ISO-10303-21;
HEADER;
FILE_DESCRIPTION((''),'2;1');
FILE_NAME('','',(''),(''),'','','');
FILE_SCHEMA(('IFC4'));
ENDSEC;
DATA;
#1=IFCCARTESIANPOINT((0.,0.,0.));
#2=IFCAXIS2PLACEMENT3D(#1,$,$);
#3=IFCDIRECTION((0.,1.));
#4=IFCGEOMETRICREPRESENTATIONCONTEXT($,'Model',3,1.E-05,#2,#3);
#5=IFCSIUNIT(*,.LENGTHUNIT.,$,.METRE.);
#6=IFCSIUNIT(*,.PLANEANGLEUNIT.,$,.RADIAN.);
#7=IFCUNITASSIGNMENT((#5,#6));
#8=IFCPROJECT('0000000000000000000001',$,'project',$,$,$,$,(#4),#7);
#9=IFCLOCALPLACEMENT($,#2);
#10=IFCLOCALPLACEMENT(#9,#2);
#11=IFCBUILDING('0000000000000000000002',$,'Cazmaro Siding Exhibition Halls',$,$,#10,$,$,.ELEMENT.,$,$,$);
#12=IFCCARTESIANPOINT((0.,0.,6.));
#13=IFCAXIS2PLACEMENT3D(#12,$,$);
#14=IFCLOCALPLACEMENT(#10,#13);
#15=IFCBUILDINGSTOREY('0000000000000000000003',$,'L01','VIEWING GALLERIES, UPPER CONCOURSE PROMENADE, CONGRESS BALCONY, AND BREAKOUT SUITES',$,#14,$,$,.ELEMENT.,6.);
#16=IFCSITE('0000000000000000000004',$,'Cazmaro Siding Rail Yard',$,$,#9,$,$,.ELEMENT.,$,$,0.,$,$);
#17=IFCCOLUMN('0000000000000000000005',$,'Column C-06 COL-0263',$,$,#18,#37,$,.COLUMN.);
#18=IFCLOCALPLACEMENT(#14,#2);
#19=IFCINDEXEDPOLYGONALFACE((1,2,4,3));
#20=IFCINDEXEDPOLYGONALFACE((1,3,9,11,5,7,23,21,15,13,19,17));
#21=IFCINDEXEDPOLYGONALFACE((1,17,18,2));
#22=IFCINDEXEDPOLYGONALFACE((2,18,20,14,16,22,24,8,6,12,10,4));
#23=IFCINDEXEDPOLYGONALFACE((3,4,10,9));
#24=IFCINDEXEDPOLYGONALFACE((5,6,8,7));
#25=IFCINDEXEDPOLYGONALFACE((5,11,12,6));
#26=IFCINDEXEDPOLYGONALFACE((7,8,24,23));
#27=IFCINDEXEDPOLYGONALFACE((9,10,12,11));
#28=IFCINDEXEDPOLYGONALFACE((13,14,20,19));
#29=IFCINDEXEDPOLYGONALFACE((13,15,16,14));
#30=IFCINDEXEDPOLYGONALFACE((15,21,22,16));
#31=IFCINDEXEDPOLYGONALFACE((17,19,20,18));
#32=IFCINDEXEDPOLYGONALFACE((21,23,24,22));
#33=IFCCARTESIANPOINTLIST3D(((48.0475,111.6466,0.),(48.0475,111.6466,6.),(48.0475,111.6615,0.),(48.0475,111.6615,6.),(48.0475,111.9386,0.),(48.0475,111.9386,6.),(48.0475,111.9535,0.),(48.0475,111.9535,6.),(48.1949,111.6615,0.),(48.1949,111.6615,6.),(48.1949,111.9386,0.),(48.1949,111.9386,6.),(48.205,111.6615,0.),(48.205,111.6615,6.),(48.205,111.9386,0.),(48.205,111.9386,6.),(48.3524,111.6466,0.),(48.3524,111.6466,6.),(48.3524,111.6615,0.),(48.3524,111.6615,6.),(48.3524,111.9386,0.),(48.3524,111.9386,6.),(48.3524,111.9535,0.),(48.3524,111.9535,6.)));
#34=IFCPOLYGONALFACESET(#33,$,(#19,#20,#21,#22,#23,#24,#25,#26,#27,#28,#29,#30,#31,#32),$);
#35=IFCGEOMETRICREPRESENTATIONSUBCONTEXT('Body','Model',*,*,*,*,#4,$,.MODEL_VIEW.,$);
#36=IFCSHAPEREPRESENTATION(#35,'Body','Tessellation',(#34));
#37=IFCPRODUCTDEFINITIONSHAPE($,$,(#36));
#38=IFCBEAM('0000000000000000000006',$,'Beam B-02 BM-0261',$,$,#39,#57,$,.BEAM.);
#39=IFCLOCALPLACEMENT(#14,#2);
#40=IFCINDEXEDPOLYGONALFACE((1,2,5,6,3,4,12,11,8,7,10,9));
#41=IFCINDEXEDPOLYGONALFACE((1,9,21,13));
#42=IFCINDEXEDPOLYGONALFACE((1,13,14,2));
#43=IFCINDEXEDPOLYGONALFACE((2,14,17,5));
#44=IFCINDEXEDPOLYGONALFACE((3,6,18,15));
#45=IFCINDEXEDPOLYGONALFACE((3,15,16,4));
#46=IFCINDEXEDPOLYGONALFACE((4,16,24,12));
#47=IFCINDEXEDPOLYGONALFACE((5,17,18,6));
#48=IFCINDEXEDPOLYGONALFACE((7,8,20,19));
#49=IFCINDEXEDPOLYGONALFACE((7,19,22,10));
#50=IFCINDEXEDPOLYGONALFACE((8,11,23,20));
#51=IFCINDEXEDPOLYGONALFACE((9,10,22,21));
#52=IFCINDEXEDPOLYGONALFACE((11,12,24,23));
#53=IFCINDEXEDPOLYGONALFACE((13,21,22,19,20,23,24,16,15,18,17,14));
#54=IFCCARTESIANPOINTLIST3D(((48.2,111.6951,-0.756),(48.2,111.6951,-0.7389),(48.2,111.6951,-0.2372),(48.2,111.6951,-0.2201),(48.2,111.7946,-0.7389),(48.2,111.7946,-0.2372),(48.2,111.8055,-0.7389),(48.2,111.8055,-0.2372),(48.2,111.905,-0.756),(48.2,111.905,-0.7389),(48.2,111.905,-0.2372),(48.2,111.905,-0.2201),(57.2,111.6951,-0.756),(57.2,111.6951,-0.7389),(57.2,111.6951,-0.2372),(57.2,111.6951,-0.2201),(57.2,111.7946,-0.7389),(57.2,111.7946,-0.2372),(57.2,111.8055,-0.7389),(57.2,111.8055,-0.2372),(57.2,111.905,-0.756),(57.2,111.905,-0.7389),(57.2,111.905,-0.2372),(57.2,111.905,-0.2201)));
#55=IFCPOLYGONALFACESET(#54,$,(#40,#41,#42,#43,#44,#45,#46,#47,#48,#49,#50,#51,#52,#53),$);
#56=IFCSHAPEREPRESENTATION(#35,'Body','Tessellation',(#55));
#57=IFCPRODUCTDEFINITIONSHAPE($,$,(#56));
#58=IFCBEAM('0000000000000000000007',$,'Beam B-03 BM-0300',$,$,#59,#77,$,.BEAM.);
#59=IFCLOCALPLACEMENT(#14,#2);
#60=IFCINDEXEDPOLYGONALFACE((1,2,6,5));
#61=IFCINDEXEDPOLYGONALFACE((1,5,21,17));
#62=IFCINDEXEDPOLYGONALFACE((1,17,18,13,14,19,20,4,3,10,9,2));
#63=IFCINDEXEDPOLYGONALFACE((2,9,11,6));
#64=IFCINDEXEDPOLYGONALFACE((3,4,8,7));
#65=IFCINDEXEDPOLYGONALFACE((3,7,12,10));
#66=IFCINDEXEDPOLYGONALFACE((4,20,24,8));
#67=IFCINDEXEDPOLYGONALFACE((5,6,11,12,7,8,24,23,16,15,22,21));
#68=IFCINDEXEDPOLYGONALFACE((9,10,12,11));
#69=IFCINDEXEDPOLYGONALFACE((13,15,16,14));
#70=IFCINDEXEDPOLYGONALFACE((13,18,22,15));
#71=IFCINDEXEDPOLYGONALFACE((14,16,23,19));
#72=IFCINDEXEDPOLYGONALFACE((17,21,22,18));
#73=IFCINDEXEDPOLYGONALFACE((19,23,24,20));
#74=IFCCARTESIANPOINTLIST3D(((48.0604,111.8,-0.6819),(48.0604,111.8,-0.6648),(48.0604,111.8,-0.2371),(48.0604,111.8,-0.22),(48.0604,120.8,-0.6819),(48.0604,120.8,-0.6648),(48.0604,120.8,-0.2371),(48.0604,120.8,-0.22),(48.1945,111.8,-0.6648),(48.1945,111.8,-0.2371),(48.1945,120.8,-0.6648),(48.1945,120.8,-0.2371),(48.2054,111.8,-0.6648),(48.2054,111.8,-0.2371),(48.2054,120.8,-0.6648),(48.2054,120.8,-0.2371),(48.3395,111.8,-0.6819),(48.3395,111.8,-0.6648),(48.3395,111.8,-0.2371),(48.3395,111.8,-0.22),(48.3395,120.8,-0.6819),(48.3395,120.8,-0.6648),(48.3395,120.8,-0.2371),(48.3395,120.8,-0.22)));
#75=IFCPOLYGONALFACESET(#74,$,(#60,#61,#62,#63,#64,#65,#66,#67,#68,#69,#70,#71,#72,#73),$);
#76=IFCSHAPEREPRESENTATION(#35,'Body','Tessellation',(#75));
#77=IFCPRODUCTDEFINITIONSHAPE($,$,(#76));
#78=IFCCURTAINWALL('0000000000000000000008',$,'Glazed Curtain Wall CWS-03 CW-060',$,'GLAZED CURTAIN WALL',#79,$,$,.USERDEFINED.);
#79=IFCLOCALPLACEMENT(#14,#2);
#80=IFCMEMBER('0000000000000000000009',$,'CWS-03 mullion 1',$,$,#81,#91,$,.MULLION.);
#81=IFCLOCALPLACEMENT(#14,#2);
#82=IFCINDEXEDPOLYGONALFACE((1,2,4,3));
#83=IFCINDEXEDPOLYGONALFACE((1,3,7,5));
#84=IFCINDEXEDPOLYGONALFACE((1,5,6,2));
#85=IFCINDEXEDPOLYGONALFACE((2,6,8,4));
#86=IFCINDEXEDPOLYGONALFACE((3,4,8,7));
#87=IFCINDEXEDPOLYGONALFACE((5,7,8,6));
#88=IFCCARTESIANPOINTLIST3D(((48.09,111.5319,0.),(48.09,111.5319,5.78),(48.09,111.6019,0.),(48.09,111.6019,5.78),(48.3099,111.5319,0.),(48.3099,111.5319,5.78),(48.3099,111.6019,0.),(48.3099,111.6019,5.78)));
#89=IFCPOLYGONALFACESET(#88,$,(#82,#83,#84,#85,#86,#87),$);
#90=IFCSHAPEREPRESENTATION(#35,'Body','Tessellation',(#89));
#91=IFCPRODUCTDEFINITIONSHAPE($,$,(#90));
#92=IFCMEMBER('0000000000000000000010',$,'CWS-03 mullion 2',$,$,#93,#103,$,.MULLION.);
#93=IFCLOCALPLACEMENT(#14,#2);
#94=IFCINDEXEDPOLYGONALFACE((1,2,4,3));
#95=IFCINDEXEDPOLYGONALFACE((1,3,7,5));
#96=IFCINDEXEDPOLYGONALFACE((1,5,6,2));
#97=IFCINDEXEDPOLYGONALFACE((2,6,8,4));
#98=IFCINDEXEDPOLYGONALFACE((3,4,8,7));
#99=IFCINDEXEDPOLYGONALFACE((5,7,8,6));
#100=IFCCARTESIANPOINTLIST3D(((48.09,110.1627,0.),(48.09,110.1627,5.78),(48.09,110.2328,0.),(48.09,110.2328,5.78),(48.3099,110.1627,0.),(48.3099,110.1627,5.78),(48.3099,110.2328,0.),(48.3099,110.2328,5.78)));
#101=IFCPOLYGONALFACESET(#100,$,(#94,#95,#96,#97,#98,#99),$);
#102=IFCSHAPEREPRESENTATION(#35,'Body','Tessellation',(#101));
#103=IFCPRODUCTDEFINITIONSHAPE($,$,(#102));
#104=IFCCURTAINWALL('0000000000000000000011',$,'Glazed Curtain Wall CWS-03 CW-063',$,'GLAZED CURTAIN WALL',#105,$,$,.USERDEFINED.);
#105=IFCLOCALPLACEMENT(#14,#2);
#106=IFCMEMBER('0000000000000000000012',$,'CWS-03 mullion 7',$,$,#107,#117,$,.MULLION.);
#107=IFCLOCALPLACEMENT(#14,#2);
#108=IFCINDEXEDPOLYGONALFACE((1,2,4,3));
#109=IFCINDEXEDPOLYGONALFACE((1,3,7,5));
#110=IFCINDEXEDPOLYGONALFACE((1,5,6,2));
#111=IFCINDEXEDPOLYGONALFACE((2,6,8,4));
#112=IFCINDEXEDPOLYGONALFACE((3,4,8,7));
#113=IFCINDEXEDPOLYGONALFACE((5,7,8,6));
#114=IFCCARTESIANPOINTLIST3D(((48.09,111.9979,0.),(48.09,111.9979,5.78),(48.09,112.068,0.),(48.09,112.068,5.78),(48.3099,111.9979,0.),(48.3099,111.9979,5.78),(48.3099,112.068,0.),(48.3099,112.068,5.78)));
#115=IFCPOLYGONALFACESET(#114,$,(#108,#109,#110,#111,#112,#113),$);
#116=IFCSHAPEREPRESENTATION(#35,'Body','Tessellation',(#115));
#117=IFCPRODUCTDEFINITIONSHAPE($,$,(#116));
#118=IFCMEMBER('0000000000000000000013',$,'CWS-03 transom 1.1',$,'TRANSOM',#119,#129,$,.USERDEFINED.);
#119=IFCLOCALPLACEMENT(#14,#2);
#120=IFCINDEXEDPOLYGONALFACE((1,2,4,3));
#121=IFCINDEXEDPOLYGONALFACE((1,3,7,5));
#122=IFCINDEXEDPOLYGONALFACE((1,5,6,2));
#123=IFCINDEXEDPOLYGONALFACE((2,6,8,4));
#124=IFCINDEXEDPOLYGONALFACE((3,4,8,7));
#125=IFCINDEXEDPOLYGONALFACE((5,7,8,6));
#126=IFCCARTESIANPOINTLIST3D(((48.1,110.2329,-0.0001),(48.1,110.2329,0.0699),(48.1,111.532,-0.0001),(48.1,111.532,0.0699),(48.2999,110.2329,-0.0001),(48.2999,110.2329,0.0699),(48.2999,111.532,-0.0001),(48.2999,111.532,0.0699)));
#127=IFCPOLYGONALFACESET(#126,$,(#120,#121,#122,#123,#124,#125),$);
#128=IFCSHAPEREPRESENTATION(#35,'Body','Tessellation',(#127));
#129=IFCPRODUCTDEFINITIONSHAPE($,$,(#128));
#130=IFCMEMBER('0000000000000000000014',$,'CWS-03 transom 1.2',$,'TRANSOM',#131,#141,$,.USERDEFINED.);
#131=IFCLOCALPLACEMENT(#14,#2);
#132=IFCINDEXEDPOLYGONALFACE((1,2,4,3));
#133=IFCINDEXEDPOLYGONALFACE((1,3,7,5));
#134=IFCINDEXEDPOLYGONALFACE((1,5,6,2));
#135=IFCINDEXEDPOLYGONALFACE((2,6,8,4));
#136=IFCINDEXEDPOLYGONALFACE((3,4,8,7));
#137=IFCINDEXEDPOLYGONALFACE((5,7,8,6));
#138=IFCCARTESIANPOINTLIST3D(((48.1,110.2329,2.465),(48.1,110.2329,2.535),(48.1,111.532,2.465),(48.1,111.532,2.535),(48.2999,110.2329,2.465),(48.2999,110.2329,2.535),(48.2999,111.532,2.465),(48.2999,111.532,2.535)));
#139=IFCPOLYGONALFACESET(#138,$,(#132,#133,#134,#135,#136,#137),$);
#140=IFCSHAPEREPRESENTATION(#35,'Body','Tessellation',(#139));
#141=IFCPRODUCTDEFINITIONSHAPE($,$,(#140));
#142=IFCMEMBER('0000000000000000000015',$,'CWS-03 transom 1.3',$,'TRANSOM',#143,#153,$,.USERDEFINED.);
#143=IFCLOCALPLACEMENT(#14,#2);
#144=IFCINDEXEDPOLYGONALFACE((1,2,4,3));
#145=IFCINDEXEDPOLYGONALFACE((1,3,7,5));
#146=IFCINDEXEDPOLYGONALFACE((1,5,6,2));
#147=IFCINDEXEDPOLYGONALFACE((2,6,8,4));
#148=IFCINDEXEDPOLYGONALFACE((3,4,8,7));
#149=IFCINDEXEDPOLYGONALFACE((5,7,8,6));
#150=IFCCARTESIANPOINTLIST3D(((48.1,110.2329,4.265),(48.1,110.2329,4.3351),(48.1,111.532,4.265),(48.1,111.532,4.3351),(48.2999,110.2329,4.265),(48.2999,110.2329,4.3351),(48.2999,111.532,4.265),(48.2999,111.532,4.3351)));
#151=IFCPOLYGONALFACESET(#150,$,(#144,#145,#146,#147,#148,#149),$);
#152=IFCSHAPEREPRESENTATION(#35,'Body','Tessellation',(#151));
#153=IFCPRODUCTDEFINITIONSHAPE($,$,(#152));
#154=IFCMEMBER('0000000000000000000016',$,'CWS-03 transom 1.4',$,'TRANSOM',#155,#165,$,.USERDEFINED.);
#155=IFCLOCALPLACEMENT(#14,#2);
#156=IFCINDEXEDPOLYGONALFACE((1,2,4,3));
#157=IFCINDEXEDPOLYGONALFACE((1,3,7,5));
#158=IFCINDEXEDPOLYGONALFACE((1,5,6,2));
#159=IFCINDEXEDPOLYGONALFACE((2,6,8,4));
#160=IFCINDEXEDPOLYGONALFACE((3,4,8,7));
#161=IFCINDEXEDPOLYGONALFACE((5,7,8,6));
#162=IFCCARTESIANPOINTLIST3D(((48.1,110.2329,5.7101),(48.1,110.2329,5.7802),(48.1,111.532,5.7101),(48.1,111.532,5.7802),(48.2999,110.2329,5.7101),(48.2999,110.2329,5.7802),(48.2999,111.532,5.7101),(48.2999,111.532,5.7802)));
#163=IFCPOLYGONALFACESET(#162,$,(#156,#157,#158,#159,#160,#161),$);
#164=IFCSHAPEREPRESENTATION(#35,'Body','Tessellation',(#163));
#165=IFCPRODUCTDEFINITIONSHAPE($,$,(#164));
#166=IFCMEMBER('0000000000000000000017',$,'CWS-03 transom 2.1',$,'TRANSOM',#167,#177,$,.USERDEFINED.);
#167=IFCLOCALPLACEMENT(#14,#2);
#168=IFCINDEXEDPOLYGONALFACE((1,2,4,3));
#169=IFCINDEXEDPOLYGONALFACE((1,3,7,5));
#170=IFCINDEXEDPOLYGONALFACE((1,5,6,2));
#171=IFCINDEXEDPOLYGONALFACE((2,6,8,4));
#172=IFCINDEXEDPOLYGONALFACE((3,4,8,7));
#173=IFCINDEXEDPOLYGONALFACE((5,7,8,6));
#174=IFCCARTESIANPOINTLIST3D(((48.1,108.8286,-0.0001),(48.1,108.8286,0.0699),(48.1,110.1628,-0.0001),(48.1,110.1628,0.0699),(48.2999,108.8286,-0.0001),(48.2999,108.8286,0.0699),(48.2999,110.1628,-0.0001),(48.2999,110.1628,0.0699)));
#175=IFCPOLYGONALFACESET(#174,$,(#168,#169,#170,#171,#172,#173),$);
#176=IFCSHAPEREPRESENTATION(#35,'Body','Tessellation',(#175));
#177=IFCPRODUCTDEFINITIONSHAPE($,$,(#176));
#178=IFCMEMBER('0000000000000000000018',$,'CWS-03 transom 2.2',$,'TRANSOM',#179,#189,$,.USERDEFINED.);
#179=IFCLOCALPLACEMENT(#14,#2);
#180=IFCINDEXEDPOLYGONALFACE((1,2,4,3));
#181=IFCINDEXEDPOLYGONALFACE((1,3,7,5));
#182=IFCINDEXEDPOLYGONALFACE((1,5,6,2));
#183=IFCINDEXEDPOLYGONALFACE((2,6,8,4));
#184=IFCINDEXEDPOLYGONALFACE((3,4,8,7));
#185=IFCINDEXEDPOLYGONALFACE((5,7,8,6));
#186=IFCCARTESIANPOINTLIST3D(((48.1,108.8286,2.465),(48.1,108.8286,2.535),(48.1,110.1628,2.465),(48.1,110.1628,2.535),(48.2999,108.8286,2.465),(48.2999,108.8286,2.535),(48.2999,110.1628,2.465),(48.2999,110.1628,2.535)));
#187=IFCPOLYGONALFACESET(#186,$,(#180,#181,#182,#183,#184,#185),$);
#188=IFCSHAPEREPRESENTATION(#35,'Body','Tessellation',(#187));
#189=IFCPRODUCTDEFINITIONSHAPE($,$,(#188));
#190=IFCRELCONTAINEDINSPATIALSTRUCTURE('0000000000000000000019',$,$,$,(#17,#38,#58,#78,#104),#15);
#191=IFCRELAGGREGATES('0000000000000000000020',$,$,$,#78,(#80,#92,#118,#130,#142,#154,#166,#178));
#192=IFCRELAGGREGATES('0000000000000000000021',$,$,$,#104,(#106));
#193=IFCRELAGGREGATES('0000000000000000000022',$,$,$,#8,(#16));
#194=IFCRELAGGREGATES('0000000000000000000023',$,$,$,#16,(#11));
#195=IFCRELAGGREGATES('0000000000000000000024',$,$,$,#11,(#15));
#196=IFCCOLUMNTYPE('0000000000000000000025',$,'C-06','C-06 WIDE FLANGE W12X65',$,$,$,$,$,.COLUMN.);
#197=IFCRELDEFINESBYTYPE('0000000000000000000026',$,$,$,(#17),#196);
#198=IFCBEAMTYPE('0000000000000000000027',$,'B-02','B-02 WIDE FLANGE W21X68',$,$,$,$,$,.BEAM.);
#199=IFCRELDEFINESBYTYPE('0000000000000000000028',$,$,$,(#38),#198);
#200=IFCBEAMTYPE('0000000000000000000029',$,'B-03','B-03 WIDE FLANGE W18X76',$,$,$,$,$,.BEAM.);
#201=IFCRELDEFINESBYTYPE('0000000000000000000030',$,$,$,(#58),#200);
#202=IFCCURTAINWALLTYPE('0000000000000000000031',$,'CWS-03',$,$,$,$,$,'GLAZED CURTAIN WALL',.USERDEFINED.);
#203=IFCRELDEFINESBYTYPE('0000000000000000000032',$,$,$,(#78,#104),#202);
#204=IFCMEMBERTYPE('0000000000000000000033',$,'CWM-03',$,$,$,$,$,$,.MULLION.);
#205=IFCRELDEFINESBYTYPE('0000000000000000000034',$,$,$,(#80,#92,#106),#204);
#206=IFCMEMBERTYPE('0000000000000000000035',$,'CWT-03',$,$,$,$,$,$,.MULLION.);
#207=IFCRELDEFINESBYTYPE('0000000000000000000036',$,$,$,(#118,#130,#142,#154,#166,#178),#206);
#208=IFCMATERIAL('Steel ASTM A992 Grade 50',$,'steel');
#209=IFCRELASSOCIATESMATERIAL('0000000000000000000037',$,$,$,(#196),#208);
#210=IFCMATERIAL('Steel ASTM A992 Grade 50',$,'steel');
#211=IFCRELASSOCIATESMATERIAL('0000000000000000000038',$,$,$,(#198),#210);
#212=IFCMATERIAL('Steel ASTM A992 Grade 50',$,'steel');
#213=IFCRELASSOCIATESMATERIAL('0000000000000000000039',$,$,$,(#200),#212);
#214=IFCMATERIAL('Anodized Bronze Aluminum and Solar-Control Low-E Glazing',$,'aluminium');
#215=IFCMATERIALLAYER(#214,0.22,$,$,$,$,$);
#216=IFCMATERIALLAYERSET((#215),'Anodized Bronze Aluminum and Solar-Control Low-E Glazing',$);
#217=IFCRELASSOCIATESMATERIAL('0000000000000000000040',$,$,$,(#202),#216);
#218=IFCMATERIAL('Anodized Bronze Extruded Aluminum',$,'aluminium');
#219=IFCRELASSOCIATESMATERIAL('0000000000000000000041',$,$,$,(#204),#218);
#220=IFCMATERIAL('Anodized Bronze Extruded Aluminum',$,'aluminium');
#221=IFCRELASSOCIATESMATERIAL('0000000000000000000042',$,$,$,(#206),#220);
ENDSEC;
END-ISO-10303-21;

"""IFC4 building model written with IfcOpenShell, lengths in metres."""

from ifc_helpers import new_model, si_unit, direction, frame, origin, origin_2d, place, context, subcontext, project, spatial, rectangle, i_section, extrude, material, layer, layer_set, material_profile, profile_set, type_object, element, aggregate, save


model = new_model("IFC4")

# Units and contexts
model_context = context("Model", 3, precision=1e-05, world=origin(), true_north=direction((0.0, 1.0)))
body_context = subcontext(model_context, "Body", "Model", "MODEL_VIEW")
ifc_project = project(units=[si_unit("LENGTHUNIT", "METRE"), si_unit("PLANEANGLEUNIT", "RADIAN")], contexts=[model_context])

# Site, building, storey
site_placement = place(None, origin())
site = spatial("IfcSite", under=ifc_project, at=site_placement, Name="Cazmaro Siding Rail Yard", CompositionType="ELEMENT", RefElevation=0.0)
building_placement = place(site_placement, origin())
building = spatial("IfcBuilding", under=site, at=building_placement, Name="Cazmaro Siding Exhibition Halls", CompositionType="ELEMENT")
storey_placement = place(building_placement, frame((0.0, 0.0, 6.0)))
storey = spatial("IfcBuildingStorey", under=building, at=storey_placement, Name="L01", Description="VIEWING GALLERIES, UPPER CONCOURSE PROMENADE, CONGRESS BALCONY, AND BREAKOUT SUITES", CompositionType="ELEMENT", Elevation=6.0)

# Column
ifc_material_1 = material(Name="Steel ASTM A992 Grade 50", Category="steel")
ifc_material_profile_1 = material_profile(ifc_material_1, i_section(OverallWidth=0.3049, OverallDepth=0.3069, WebThickness=0.01, FlangeThickness=0.0149, at=origin_2d()), Name="W12X65")
ifc_profile_set_1 = profile_set([ifc_material_profile_1], Name="Steel ASTM A992 Grade 50")
column_type = type_object("IfcColumnType", Name="C-06", Description="C-06 WIDE FLANGE W12X65", PredefinedType="COLUMN", material=ifc_profile_set_1)
column_placement = place(storey_placement, frame((48.2, 111.8, 0.0), z_axis=(0.0, 0.0, 1.0), x_axis=(1.0, 0.0, 0.0)))
element("IfcColumn", 1, at=column_placement, inside=storey, type_object=column_type, Name="Column C-06 COL-0263", PredefinedType="COLUMN", context=body_context, shape_type="SweptSolid", body=[
    extrude(i_section(OverallWidth=0.3049, OverallDepth=0.3069, WebThickness=0.01, FlangeThickness=0.0149, at=origin_2d()), origin(), (0.0, 0.0, 1.0), 6.0),
])

# Beams
ifc_material_2 = material(Name="Steel ASTM A992 Grade 50", Category="steel")
ifc_material_profile_2 = material_profile(ifc_material_2, i_section(OverallWidth=0.21, OverallDepth=0.5359, WebThickness=0.011, FlangeThickness=0.0171, at=origin_2d()), Name="W21X68")
ifc_profile_set_2 = profile_set([ifc_material_profile_2], Name="Steel ASTM A992 Grade 50")
beam_type_1 = type_object("IfcBeamType", Name="B-02", Description="B-02 WIDE FLANGE W21X68", PredefinedType="BEAM", material=ifc_profile_set_2)
beam_1_placement = place(storey_placement, frame((48.2, 111.8, -0.488), z_axis=(1.0, 0.0, 0.0), x_axis=(0.0, 1.0, 0.0)))
element("IfcBeam", 2, at=beam_1_placement, inside=storey, type_object=beam_type_1, Name="Beam B-02 BM-0261", PredefinedType="BEAM", context=body_context, shape_type="SweptSolid", body=[
    extrude(i_section(OverallWidth=0.21, OverallDepth=0.5359, WebThickness=0.011, FlangeThickness=0.0171, at=origin_2d()), origin(), (0.0, 0.0, 1.0), 9.0),
])
ifc_material_3 = material(Name="Steel ASTM A992 Grade 50", Category="steel")
ifc_material_profile_3 = material_profile(ifc_material_3, i_section(OverallWidth=0.2791, OverallDepth=0.4619, WebThickness=0.011, FlangeThickness=0.0171, at=origin_2d()), Name="W18X76")
ifc_profile_set_3 = profile_set([ifc_material_profile_3], Name="Steel ASTM A992 Grade 50")
beam_type_2 = type_object("IfcBeamType", Name="B-03", Description="B-03 WIDE FLANGE W18X76", PredefinedType="BEAM", material=ifc_profile_set_3)
beam_2_placement = place(storey_placement, frame((48.2, 111.8, -0.4509), z_axis=(0.0, 1.0, 0.0), x_axis=(-1.0, 0.0, 0.0)))
element("IfcBeam", 3, at=beam_2_placement, inside=storey, type_object=beam_type_2, Name="Beam B-03 BM-0300", PredefinedType="BEAM", context=body_context, shape_type="SweptSolid", body=[
    extrude(i_section(OverallWidth=0.2791, OverallDepth=0.4619, WebThickness=0.011, FlangeThickness=0.0171, at=origin_2d()), origin(), (0.0, 0.0, 1.0), 9.0),
])

# Curtain wall, members
ifc_material_4 = material(Name="Anodized Bronze Aluminum and Solar-Control Low-E Glazing", Category="aluminium")
ifc_layer_1 = layer(ifc_material_4, 0.22)
ifc_layer_set_1 = layer_set([ifc_layer_1], Name="Anodized Bronze Aluminum and Solar-Control Low-E Glazing")
curtain_wall_type = type_object("IfcCurtainWallType", Name="CWS-03", ElementType="GLAZED CURTAIN WALL", PredefinedType="USERDEFINED", material=ifc_layer_set_1)
curtain_wall_1_placement = place(storey_placement, origin())
curtain_wall_1 = element("IfcCurtainWall", 4, at=curtain_wall_1_placement, inside=storey, type_object=curtain_wall_type, Name="Glazed Curtain Wall CWS-03 CW-060", ObjectType="GLAZED CURTAIN WALL", PredefinedType="USERDEFINED")
ifc_material_5 = material(Name="Anodized Bronze Extruded Aluminum", Category="aluminium")
ifc_material_profile_4 = material_profile(ifc_material_5, rectangle(XDim=0.22, YDim=0.0701, at=origin_2d()), Name="CWM-03")
ifc_profile_set_4 = profile_set([ifc_material_profile_4], Name="Anodized Bronze Extruded Aluminum")
member_type_1 = type_object("IfcMemberType", Name="CWM-03", PredefinedType="MULLION", material=ifc_profile_set_4)
member_1_placement = place(storey_placement, frame((48.2, 111.5669, 0.0), z_axis=(0.0, 0.0, 1.0), x_axis=(1.0, 0.0, 0.0)))
member_1 = element("IfcMember", 5, at=member_1_placement, type_object=member_type_1, Name="CWS-03 mullion 1", PredefinedType="MULLION", context=body_context, shape_type="SweptSolid", body=[
    extrude(rectangle(XDim=0.22, YDim=0.0701, at=origin_2d()), origin(), (0.0, 0.0, 1.0), 5.78),
])
member_2_placement = place(storey_placement, frame((48.2, 110.1978, 0.0), z_axis=(0.0, 0.0, 1.0), x_axis=(1.0, 0.0, 0.0)))
member_2 = element("IfcMember", 6, at=member_2_placement, type_object=member_type_1, Name="CWS-03 mullion 2", PredefinedType="MULLION", context=body_context, shape_type="SweptSolid", body=[
    extrude(rectangle(XDim=0.22, YDim=0.0701, at=origin_2d()), origin(), (0.0, 0.0, 1.0), 5.78),
])

# Curtain wall, member
curtain_wall_2_placement = place(storey_placement, origin())
curtain_wall_2 = element("IfcCurtainWall", 7, at=curtain_wall_2_placement, inside=storey, type_object=curtain_wall_type, Name="Glazed Curtain Wall CWS-03 CW-063", ObjectType="GLAZED CURTAIN WALL", PredefinedType="USERDEFINED")
member_3_placement = place(storey_placement, frame((48.2, 112.033, 0.0), z_axis=(0.0, 0.0, 1.0), x_axis=(1.0, 0.0, 0.0)))
member_3 = element("IfcMember", 8, at=member_3_placement, type_object=member_type_1, Name="CWS-03 mullion 7", PredefinedType="MULLION", context=body_context, shape_type="SweptSolid", body=[
    extrude(rectangle(XDim=0.22, YDim=0.0701, at=origin_2d()), origin(), (0.0, 0.0, 1.0), 5.78),
])

# Members
ifc_material_6 = material(Name="Anodized Bronze Extruded Aluminum", Category="aluminium")
ifc_material_profile_5 = material_profile(ifc_material_6, rectangle(XDim=0.2, YDim=0.0701, at=origin_2d()), Name="CWT-03")
ifc_profile_set_5 = profile_set([ifc_material_profile_5], Name="Anodized Bronze Extruded Aluminum")
member_type_2 = type_object("IfcMemberType", Name="CWT-03", PredefinedType="MULLION", material=ifc_profile_set_5)
member_4_placement = place(storey_placement, frame((48.2, 111.532, 0.0349), z_axis=(0.0, -1.0, 0.0), x_axis=(1.0, 0.0, 0.0)))
member_4 = element("IfcMember", 9, at=member_4_placement, type_object=member_type_2, Name="CWS-03 transom 1.1", ObjectType="TRANSOM", PredefinedType="USERDEFINED", context=body_context, shape_type="SweptSolid", body=[
    extrude(rectangle(XDim=0.2, YDim=0.0701, at=origin_2d()), origin(), (0.0, 0.0, 1.0), 1.2991),
])
member_5_placement = place(storey_placement, frame((48.2, 111.532, 2.5), z_axis=(0.0, -1.0, 0.0), x_axis=(1.0, 0.0, 0.0)))
member_5 = element("IfcMember", 10, at=member_5_placement, type_object=member_type_2, Name="CWS-03 transom 1.2", ObjectType="TRANSOM", PredefinedType="USERDEFINED", context=body_context, shape_type="SweptSolid", body=[
    extrude(rectangle(XDim=0.2, YDim=0.0701, at=origin_2d()), origin(), (0.0, 0.0, 1.0), 1.2991),
])
member_6_placement = place(storey_placement, frame((48.2, 111.532, 4.3), z_axis=(0.0, -1.0, 0.0), x_axis=(1.0, 0.0, 0.0)))
member_6 = element("IfcMember", 11, at=member_6_placement, type_object=member_type_2, Name="CWS-03 transom 1.3", ObjectType="TRANSOM", PredefinedType="USERDEFINED", context=body_context, shape_type="SweptSolid", body=[
    extrude(rectangle(XDim=0.2, YDim=0.0701, at=origin_2d()), origin(), (0.0, 0.0, 1.0), 1.2991),
])
member_7_placement = place(storey_placement, frame((48.2, 111.532, 5.7451), z_axis=(0.0, -1.0, 0.0), x_axis=(1.0, 0.0, 0.0)))
member_7 = element("IfcMember", 12, at=member_7_placement, type_object=member_type_2, Name="CWS-03 transom 1.4", ObjectType="TRANSOM", PredefinedType="USERDEFINED", context=body_context, shape_type="SweptSolid", body=[
    extrude(rectangle(XDim=0.2, YDim=0.0701, at=origin_2d()), origin(), (0.0, 0.0, 1.0), 1.2991),
])
member_8_placement = place(storey_placement, frame((48.2, 110.1628, 0.0349), z_axis=(0.0, -1.0, 0.0), x_axis=(1.0, 0.0, 0.0)))
member_8 = element("IfcMember", 13, at=member_8_placement, type_object=member_type_2, Name="CWS-03 transom 2.1", ObjectType="TRANSOM", PredefinedType="USERDEFINED", context=body_context, shape_type="SweptSolid", body=[
    extrude(rectangle(XDim=0.2, YDim=0.0701, at=origin_2d()), origin(), (0.0, 0.0, 1.0), 1.3342),
])
member_9_placement = place(storey_placement, frame((48.2, 110.1628, 2.5), z_axis=(0.0, -1.0, 0.0), x_axis=(1.0, 0.0, 0.0)))
member_9 = element("IfcMember", 14, at=member_9_placement, type_object=member_type_2, Name="CWS-03 transom 2.2", ObjectType="TRANSOM", PredefinedType="USERDEFINED", context=body_context, shape_type="SweptSolid", body=[
    extrude(rectangle(XDim=0.2, YDim=0.0701, at=origin_2d()), origin(), (0.0, 0.0, 1.0), 1.3342),
])

aggregate(curtain_wall_1, [member_1, member_2, member_4, member_5, member_6, member_7, member_8, member_9])
aggregate(curtain_wall_2, [member_3])

save(model, "model.ifc")
